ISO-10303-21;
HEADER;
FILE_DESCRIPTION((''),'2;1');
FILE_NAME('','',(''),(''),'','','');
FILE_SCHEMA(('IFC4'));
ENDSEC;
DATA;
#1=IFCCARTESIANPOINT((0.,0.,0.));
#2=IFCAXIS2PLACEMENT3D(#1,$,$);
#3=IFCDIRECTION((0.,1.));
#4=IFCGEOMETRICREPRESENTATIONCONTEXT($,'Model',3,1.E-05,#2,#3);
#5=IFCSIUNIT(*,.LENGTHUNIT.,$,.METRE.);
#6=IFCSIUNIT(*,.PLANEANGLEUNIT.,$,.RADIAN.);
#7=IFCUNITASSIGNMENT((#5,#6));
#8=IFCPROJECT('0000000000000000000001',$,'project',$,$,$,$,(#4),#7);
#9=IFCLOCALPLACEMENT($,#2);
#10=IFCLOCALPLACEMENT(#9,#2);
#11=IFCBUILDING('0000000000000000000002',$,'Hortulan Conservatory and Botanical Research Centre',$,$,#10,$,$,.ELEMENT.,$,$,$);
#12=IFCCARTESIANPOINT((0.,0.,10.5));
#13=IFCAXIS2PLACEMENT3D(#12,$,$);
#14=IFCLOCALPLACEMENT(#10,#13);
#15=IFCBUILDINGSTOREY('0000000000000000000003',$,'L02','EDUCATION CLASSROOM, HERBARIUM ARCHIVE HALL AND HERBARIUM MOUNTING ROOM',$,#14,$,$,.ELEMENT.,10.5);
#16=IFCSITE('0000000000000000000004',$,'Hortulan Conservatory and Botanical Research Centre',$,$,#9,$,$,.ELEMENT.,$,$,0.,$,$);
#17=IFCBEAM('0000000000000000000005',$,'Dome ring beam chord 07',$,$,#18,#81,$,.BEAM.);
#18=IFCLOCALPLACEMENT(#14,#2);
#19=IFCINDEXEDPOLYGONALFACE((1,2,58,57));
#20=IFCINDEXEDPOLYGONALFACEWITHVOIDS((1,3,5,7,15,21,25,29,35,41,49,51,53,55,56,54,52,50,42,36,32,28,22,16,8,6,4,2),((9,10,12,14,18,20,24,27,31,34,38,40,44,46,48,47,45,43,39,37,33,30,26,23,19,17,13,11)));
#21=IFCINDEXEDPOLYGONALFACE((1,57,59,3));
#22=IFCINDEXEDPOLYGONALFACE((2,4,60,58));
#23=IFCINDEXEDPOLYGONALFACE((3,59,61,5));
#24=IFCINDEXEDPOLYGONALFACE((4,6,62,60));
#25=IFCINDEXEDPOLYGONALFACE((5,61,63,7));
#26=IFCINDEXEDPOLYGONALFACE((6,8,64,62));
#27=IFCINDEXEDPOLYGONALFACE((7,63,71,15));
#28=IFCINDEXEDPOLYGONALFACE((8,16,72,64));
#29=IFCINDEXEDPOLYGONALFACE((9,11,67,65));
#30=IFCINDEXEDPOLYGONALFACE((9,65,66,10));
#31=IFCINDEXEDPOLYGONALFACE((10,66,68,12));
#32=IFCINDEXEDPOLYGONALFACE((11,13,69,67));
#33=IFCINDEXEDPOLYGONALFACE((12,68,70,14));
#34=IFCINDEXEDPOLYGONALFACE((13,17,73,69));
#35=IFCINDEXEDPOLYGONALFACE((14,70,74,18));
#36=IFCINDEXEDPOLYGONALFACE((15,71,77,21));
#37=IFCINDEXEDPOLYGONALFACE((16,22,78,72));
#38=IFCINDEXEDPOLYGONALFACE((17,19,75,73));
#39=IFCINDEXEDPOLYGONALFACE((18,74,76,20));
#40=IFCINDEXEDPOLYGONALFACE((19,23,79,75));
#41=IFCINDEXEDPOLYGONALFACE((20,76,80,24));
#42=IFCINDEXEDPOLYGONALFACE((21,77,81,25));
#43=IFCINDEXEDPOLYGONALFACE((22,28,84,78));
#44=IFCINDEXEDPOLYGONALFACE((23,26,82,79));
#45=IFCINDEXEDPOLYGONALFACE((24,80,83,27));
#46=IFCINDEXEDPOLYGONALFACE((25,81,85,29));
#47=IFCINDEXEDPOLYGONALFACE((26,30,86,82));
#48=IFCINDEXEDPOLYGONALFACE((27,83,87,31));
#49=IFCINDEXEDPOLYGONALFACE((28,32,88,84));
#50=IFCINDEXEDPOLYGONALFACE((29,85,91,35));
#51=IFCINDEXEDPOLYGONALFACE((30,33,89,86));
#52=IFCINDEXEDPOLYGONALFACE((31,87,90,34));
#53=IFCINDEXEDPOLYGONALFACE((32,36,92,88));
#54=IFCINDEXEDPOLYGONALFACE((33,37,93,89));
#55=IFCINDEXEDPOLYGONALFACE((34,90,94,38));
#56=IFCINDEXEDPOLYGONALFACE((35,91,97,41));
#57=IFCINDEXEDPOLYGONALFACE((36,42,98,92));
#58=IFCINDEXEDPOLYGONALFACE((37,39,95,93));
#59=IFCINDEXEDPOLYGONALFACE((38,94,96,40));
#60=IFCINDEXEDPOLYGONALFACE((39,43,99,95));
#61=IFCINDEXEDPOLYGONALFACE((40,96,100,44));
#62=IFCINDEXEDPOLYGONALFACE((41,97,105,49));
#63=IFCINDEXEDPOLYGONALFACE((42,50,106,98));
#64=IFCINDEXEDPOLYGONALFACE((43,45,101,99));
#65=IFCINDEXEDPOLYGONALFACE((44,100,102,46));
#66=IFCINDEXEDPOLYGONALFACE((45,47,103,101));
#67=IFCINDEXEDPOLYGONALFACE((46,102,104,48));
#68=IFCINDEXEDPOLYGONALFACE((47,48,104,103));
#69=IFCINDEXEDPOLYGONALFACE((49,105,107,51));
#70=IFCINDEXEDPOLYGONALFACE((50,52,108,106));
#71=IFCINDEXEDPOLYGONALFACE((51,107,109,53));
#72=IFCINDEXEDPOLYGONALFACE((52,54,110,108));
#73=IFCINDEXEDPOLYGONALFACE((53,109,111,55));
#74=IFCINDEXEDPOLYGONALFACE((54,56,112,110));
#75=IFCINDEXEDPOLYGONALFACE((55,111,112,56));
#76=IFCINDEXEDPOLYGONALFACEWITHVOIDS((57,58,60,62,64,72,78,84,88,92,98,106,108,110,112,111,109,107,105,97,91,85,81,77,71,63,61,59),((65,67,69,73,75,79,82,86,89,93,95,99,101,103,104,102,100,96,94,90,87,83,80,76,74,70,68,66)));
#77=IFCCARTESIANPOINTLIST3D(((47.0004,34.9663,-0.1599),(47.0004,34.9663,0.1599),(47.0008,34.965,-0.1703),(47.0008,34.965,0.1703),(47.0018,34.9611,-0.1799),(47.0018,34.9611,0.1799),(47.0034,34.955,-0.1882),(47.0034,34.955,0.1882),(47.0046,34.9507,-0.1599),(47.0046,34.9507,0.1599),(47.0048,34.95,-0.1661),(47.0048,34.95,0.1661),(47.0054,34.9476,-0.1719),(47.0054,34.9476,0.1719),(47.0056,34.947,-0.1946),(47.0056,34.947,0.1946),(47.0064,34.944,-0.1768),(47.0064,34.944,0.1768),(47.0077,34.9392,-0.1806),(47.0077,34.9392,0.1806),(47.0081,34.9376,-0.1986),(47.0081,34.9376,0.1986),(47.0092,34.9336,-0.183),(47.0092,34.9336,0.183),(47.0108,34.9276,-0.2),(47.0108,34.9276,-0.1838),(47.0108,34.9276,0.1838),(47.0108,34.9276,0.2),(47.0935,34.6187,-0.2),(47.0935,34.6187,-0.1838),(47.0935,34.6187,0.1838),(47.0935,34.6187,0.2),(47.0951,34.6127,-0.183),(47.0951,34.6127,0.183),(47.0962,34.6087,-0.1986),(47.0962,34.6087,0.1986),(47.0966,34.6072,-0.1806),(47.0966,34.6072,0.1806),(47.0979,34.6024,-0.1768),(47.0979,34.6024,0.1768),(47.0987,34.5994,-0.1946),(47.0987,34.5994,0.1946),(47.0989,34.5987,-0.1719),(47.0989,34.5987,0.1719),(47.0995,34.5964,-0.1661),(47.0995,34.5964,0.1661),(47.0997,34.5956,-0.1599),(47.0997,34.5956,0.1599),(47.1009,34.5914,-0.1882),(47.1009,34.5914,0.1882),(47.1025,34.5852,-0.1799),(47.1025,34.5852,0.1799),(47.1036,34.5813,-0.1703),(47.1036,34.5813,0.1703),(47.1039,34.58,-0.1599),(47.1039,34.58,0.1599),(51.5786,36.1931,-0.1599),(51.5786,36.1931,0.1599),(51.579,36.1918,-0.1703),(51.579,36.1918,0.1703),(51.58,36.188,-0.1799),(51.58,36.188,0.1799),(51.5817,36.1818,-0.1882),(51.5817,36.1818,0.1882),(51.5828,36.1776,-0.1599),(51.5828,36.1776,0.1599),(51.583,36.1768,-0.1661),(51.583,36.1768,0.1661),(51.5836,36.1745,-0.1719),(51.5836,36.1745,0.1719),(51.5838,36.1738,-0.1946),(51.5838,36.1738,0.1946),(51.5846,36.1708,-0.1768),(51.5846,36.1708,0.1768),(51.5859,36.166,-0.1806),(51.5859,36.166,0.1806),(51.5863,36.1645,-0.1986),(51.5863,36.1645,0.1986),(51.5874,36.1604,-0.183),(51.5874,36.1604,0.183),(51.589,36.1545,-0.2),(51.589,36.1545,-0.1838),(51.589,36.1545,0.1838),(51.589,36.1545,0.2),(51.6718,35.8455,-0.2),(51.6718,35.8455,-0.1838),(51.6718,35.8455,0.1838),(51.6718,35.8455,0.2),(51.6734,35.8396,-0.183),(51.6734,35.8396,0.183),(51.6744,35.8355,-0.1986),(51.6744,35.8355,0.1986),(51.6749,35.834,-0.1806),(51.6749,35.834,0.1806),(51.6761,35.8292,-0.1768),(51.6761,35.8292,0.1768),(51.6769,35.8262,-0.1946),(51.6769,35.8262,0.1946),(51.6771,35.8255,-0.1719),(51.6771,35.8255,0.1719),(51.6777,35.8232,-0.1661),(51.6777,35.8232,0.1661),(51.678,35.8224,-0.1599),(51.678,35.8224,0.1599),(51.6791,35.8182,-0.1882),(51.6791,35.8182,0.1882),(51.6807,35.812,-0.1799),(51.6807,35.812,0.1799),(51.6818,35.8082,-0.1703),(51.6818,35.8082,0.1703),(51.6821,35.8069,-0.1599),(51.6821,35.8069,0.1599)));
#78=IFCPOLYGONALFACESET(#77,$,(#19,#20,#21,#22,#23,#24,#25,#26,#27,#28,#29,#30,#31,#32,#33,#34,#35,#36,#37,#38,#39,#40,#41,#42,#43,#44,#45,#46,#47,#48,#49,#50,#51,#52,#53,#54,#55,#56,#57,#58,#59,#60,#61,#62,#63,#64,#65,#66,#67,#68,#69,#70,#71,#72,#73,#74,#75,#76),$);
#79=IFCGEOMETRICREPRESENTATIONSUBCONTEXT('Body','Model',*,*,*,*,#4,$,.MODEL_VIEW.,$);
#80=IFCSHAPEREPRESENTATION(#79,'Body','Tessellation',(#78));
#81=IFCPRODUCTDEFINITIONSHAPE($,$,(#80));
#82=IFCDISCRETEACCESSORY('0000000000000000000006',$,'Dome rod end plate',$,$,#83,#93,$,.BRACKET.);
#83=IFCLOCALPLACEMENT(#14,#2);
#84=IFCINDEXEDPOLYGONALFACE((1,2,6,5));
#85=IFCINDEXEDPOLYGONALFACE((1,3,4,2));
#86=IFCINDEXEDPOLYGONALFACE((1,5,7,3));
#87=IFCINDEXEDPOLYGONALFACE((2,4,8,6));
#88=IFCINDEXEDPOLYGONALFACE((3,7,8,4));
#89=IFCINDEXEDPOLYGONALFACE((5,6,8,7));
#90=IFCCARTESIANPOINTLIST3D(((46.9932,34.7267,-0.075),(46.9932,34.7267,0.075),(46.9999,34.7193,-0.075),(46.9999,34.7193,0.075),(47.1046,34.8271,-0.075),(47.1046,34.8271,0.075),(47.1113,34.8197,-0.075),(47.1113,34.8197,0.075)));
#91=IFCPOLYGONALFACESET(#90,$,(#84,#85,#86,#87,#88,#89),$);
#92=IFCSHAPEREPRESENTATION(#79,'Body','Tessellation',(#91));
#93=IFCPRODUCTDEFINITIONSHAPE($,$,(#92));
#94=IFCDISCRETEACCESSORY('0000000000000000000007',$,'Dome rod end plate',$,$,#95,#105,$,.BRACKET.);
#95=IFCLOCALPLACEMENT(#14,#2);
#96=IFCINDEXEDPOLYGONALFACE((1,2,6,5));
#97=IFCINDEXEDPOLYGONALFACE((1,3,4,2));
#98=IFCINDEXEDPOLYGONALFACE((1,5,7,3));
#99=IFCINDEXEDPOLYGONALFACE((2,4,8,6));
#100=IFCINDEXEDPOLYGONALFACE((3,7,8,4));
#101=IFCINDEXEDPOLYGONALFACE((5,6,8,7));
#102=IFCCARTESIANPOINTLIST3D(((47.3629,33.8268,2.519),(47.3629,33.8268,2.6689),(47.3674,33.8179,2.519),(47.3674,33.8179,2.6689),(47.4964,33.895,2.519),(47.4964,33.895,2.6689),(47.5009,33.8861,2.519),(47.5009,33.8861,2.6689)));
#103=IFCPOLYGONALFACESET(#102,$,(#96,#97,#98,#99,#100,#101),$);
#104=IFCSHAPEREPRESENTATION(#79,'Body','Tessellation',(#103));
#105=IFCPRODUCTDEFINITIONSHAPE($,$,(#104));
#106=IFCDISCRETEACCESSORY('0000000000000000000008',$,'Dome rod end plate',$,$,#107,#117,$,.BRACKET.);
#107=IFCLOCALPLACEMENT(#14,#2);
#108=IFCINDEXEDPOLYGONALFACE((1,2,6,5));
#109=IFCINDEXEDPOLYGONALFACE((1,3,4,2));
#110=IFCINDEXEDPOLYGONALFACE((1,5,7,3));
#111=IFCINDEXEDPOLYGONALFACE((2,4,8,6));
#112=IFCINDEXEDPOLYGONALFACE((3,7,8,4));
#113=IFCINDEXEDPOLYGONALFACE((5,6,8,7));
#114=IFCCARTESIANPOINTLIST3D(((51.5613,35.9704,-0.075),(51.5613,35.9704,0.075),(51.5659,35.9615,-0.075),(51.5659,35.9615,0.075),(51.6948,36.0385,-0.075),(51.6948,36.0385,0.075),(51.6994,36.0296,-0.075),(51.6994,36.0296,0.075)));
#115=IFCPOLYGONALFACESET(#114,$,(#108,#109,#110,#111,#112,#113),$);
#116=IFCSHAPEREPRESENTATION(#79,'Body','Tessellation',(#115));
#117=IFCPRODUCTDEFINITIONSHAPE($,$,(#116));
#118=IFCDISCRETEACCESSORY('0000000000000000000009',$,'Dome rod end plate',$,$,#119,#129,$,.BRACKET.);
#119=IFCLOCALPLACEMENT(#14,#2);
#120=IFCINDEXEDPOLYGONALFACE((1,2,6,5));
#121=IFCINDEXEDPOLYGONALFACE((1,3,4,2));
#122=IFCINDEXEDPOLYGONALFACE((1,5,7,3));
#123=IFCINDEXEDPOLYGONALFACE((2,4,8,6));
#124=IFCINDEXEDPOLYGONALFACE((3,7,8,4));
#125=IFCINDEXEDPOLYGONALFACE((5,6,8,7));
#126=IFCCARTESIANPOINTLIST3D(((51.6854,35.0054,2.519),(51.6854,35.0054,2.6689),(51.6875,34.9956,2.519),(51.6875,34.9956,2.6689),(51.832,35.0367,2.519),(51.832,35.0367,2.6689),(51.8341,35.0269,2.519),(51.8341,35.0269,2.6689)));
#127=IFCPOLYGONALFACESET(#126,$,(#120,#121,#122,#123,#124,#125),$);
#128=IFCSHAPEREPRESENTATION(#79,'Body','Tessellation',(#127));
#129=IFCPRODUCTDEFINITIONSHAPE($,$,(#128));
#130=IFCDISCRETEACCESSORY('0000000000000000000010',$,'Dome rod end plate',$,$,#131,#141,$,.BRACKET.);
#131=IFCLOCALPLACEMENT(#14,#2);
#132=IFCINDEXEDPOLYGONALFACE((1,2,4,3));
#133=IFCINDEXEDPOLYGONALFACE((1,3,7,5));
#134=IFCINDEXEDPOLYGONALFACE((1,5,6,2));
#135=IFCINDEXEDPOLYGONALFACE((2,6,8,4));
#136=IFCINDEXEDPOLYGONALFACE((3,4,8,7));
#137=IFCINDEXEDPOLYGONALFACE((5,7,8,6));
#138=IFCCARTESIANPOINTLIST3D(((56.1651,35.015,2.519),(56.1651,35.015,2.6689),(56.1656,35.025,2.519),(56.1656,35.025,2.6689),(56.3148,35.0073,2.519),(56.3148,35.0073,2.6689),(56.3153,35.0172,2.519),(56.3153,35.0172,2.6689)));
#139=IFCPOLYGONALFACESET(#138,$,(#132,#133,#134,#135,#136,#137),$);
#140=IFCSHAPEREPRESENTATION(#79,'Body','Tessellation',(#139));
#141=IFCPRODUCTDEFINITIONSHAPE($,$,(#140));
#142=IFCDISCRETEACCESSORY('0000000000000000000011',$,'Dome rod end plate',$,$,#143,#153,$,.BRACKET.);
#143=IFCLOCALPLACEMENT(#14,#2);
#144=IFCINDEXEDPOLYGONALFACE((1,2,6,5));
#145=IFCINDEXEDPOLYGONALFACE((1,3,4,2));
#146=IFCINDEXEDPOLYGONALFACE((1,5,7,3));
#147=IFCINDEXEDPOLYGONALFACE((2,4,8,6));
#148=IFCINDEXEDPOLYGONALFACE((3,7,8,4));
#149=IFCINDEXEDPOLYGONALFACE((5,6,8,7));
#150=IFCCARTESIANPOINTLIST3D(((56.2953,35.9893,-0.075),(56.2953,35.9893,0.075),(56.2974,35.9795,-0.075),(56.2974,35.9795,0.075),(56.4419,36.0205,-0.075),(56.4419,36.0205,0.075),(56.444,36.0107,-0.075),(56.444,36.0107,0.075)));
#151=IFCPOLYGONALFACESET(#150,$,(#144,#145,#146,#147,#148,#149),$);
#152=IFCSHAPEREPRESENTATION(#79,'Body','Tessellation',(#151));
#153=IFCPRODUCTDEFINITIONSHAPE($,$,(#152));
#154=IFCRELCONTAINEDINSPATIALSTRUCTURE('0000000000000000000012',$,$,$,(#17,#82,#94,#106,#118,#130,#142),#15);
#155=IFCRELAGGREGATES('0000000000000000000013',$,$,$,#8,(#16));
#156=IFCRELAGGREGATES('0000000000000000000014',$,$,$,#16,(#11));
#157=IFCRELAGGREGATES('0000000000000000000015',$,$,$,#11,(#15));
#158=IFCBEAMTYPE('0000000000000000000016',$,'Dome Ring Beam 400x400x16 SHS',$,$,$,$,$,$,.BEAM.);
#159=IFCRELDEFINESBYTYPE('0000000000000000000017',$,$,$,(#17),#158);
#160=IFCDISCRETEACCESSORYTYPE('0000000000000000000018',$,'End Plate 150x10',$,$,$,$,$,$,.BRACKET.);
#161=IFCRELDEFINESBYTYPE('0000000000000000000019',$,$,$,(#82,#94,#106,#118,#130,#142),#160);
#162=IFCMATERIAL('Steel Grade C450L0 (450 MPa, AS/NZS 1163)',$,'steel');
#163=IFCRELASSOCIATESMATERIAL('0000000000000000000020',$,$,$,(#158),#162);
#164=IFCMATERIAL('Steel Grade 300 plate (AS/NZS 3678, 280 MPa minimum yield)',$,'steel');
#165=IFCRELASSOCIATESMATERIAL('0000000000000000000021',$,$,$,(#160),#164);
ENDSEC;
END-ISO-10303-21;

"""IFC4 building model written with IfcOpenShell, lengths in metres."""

from ifc_helpers import new_model, si_unit, direction, frame, origin, origin_2d, place, context, subcontext, project, spatial, rectangle, hollow_rectangle, extrude, material, material_profile, profile_set, type_object, element, save


model = new_model("IFC4")

# Units and contexts
model_context = context("Model", 3, precision=1e-05, world=origin(), true_north=direction((0.0, 1.0)))
body_context = subcontext(model_context, "Body", "Model", "MODEL_VIEW")
ifc_project = project(units=[si_unit("LENGTHUNIT", "METRE"), si_unit("PLANEANGLEUNIT", "RADIAN")], contexts=[model_context])

# Site, building, storey
site_placement = place(None, origin())
site = spatial("IfcSite", under=ifc_project, at=site_placement, Name="Hortulan Conservatory and Botanical Research Centre", CompositionType="ELEMENT", RefElevation=0.0)
building_placement = place(site_placement, origin())
building = spatial("IfcBuilding", under=site, at=building_placement, Name="Hortulan Conservatory and Botanical Research Centre", CompositionType="ELEMENT")
storey_placement = place(building_placement, frame((0.0, 0.0, 10.5)))
storey = spatial("IfcBuildingStorey", under=building, at=storey_placement, Name="L02", Description="EDUCATION CLASSROOM, HERBARIUM ARCHIVE HALL AND HERBARIUM MOUNTING ROOM", CompositionType="ELEMENT", Elevation=10.5)

# Beam
ifc_material_1 = material(Name="Steel Grade C450L0 (450 MPa, AS/NZS 1163)", Category="steel")
ifc_material_profile_1 = material_profile(ifc_material_1, hollow_rectangle(XDim=0.3999, YDim=0.3999, WallThickness=0.0161, InnerFilletRadius=0.0239, OuterFilletRadius=0.04, at=origin_2d()), Name="400x400x16SHS")
ifc_profile_set_1 = profile_set([ifc_material_profile_1], Name="Steel Grade C450L0 (450 MPa, AS/NZS 1163)")
beam_type_1 = type_object("IfcBeamType", Name="Dome Ring Beam 400x400x16 SHS", PredefinedType="BEAM", material=ifc_profile_set_1)
beam_1_placement = place(storey_placement, frame((51.6304, 36.0, 0.0), z_axis=(-0.96592, -0.258839, 0.0), x_axis=(0.258839, -0.96592, 0.0)))
element("IfcBeam", 1, at=beam_1_placement, inside=storey, type_object=beam_type_1, Name="Dome ring beam chord 07", PredefinedType="BEAM", context=body_context, shape_type="SweptSolid", body=[
    extrude(hollow_rectangle(XDim=0.3999, YDim=0.3999, WallThickness=0.0161, InnerFilletRadius=0.0239, OuterFilletRadius=0.04, at=origin_2d()), origin(), (0.0, 0.0, 1.0), 4.7397),
])

# Discrete accessories
ifc_material_2 = material(Name="Steel Grade 300 plate (AS/NZS 3678, 280 MPa minimum yield)", Category="steel")
discrete_accessory_type = type_object("IfcDiscreteAccessoryType", Name="End Plate 150x10", PredefinedType="BRACKET", material=ifc_material_2)
for number, where, z_axis, x_axis, name in (
    (2, (47.0522, 34.7732, -0.075), (0.0, 0.0, 1.0), (0.742607, 0.669727, 0.0), "Dome rod end plate"),
    (3, (47.4319, 33.8564, 2.519), (0.0, 0.0, 1.0), (0.890634, 0.454721, 0.0), "Dome rod end plate"),
    (4, (51.6304, 36.0, -0.075), (0.0, 0.0, 1.0), (0.890634, 0.454721, 0.0), "Dome rod end plate"),
    (5, (51.7598, 35.0161, 2.519), (0.0, 0.0, 1.0), (0.977977, 0.208714, 0.0), "Dome rod end plate"),
    (6, (56.2402, 35.0161, 2.519), (0.0, 0.0, 1.0), (0.998671, -0.051534, 0.0), "Dome rod end plate"),
    (7, (56.3696, 36.0, -0.075), (0.0, 0.0, 1.0), (0.977977, 0.208714, 0.0), "Dome rod end plate"),
):
    element("IfcDiscreteAccessory", number, at=place(storey_placement, frame(where, z_axis=z_axis, x_axis=x_axis)), inside=storey, type_object=discrete_accessory_type, Name=name, PredefinedType="BRACKET", context=body_context, shape_type="SweptSolid", body=[
        extrude(rectangle(XDim=0.1499, YDim=0.01, at=origin_2d()), origin(), (0.0, 0.0, 1.0), 0.1499),
    ])

save(model, "model.ifc")
